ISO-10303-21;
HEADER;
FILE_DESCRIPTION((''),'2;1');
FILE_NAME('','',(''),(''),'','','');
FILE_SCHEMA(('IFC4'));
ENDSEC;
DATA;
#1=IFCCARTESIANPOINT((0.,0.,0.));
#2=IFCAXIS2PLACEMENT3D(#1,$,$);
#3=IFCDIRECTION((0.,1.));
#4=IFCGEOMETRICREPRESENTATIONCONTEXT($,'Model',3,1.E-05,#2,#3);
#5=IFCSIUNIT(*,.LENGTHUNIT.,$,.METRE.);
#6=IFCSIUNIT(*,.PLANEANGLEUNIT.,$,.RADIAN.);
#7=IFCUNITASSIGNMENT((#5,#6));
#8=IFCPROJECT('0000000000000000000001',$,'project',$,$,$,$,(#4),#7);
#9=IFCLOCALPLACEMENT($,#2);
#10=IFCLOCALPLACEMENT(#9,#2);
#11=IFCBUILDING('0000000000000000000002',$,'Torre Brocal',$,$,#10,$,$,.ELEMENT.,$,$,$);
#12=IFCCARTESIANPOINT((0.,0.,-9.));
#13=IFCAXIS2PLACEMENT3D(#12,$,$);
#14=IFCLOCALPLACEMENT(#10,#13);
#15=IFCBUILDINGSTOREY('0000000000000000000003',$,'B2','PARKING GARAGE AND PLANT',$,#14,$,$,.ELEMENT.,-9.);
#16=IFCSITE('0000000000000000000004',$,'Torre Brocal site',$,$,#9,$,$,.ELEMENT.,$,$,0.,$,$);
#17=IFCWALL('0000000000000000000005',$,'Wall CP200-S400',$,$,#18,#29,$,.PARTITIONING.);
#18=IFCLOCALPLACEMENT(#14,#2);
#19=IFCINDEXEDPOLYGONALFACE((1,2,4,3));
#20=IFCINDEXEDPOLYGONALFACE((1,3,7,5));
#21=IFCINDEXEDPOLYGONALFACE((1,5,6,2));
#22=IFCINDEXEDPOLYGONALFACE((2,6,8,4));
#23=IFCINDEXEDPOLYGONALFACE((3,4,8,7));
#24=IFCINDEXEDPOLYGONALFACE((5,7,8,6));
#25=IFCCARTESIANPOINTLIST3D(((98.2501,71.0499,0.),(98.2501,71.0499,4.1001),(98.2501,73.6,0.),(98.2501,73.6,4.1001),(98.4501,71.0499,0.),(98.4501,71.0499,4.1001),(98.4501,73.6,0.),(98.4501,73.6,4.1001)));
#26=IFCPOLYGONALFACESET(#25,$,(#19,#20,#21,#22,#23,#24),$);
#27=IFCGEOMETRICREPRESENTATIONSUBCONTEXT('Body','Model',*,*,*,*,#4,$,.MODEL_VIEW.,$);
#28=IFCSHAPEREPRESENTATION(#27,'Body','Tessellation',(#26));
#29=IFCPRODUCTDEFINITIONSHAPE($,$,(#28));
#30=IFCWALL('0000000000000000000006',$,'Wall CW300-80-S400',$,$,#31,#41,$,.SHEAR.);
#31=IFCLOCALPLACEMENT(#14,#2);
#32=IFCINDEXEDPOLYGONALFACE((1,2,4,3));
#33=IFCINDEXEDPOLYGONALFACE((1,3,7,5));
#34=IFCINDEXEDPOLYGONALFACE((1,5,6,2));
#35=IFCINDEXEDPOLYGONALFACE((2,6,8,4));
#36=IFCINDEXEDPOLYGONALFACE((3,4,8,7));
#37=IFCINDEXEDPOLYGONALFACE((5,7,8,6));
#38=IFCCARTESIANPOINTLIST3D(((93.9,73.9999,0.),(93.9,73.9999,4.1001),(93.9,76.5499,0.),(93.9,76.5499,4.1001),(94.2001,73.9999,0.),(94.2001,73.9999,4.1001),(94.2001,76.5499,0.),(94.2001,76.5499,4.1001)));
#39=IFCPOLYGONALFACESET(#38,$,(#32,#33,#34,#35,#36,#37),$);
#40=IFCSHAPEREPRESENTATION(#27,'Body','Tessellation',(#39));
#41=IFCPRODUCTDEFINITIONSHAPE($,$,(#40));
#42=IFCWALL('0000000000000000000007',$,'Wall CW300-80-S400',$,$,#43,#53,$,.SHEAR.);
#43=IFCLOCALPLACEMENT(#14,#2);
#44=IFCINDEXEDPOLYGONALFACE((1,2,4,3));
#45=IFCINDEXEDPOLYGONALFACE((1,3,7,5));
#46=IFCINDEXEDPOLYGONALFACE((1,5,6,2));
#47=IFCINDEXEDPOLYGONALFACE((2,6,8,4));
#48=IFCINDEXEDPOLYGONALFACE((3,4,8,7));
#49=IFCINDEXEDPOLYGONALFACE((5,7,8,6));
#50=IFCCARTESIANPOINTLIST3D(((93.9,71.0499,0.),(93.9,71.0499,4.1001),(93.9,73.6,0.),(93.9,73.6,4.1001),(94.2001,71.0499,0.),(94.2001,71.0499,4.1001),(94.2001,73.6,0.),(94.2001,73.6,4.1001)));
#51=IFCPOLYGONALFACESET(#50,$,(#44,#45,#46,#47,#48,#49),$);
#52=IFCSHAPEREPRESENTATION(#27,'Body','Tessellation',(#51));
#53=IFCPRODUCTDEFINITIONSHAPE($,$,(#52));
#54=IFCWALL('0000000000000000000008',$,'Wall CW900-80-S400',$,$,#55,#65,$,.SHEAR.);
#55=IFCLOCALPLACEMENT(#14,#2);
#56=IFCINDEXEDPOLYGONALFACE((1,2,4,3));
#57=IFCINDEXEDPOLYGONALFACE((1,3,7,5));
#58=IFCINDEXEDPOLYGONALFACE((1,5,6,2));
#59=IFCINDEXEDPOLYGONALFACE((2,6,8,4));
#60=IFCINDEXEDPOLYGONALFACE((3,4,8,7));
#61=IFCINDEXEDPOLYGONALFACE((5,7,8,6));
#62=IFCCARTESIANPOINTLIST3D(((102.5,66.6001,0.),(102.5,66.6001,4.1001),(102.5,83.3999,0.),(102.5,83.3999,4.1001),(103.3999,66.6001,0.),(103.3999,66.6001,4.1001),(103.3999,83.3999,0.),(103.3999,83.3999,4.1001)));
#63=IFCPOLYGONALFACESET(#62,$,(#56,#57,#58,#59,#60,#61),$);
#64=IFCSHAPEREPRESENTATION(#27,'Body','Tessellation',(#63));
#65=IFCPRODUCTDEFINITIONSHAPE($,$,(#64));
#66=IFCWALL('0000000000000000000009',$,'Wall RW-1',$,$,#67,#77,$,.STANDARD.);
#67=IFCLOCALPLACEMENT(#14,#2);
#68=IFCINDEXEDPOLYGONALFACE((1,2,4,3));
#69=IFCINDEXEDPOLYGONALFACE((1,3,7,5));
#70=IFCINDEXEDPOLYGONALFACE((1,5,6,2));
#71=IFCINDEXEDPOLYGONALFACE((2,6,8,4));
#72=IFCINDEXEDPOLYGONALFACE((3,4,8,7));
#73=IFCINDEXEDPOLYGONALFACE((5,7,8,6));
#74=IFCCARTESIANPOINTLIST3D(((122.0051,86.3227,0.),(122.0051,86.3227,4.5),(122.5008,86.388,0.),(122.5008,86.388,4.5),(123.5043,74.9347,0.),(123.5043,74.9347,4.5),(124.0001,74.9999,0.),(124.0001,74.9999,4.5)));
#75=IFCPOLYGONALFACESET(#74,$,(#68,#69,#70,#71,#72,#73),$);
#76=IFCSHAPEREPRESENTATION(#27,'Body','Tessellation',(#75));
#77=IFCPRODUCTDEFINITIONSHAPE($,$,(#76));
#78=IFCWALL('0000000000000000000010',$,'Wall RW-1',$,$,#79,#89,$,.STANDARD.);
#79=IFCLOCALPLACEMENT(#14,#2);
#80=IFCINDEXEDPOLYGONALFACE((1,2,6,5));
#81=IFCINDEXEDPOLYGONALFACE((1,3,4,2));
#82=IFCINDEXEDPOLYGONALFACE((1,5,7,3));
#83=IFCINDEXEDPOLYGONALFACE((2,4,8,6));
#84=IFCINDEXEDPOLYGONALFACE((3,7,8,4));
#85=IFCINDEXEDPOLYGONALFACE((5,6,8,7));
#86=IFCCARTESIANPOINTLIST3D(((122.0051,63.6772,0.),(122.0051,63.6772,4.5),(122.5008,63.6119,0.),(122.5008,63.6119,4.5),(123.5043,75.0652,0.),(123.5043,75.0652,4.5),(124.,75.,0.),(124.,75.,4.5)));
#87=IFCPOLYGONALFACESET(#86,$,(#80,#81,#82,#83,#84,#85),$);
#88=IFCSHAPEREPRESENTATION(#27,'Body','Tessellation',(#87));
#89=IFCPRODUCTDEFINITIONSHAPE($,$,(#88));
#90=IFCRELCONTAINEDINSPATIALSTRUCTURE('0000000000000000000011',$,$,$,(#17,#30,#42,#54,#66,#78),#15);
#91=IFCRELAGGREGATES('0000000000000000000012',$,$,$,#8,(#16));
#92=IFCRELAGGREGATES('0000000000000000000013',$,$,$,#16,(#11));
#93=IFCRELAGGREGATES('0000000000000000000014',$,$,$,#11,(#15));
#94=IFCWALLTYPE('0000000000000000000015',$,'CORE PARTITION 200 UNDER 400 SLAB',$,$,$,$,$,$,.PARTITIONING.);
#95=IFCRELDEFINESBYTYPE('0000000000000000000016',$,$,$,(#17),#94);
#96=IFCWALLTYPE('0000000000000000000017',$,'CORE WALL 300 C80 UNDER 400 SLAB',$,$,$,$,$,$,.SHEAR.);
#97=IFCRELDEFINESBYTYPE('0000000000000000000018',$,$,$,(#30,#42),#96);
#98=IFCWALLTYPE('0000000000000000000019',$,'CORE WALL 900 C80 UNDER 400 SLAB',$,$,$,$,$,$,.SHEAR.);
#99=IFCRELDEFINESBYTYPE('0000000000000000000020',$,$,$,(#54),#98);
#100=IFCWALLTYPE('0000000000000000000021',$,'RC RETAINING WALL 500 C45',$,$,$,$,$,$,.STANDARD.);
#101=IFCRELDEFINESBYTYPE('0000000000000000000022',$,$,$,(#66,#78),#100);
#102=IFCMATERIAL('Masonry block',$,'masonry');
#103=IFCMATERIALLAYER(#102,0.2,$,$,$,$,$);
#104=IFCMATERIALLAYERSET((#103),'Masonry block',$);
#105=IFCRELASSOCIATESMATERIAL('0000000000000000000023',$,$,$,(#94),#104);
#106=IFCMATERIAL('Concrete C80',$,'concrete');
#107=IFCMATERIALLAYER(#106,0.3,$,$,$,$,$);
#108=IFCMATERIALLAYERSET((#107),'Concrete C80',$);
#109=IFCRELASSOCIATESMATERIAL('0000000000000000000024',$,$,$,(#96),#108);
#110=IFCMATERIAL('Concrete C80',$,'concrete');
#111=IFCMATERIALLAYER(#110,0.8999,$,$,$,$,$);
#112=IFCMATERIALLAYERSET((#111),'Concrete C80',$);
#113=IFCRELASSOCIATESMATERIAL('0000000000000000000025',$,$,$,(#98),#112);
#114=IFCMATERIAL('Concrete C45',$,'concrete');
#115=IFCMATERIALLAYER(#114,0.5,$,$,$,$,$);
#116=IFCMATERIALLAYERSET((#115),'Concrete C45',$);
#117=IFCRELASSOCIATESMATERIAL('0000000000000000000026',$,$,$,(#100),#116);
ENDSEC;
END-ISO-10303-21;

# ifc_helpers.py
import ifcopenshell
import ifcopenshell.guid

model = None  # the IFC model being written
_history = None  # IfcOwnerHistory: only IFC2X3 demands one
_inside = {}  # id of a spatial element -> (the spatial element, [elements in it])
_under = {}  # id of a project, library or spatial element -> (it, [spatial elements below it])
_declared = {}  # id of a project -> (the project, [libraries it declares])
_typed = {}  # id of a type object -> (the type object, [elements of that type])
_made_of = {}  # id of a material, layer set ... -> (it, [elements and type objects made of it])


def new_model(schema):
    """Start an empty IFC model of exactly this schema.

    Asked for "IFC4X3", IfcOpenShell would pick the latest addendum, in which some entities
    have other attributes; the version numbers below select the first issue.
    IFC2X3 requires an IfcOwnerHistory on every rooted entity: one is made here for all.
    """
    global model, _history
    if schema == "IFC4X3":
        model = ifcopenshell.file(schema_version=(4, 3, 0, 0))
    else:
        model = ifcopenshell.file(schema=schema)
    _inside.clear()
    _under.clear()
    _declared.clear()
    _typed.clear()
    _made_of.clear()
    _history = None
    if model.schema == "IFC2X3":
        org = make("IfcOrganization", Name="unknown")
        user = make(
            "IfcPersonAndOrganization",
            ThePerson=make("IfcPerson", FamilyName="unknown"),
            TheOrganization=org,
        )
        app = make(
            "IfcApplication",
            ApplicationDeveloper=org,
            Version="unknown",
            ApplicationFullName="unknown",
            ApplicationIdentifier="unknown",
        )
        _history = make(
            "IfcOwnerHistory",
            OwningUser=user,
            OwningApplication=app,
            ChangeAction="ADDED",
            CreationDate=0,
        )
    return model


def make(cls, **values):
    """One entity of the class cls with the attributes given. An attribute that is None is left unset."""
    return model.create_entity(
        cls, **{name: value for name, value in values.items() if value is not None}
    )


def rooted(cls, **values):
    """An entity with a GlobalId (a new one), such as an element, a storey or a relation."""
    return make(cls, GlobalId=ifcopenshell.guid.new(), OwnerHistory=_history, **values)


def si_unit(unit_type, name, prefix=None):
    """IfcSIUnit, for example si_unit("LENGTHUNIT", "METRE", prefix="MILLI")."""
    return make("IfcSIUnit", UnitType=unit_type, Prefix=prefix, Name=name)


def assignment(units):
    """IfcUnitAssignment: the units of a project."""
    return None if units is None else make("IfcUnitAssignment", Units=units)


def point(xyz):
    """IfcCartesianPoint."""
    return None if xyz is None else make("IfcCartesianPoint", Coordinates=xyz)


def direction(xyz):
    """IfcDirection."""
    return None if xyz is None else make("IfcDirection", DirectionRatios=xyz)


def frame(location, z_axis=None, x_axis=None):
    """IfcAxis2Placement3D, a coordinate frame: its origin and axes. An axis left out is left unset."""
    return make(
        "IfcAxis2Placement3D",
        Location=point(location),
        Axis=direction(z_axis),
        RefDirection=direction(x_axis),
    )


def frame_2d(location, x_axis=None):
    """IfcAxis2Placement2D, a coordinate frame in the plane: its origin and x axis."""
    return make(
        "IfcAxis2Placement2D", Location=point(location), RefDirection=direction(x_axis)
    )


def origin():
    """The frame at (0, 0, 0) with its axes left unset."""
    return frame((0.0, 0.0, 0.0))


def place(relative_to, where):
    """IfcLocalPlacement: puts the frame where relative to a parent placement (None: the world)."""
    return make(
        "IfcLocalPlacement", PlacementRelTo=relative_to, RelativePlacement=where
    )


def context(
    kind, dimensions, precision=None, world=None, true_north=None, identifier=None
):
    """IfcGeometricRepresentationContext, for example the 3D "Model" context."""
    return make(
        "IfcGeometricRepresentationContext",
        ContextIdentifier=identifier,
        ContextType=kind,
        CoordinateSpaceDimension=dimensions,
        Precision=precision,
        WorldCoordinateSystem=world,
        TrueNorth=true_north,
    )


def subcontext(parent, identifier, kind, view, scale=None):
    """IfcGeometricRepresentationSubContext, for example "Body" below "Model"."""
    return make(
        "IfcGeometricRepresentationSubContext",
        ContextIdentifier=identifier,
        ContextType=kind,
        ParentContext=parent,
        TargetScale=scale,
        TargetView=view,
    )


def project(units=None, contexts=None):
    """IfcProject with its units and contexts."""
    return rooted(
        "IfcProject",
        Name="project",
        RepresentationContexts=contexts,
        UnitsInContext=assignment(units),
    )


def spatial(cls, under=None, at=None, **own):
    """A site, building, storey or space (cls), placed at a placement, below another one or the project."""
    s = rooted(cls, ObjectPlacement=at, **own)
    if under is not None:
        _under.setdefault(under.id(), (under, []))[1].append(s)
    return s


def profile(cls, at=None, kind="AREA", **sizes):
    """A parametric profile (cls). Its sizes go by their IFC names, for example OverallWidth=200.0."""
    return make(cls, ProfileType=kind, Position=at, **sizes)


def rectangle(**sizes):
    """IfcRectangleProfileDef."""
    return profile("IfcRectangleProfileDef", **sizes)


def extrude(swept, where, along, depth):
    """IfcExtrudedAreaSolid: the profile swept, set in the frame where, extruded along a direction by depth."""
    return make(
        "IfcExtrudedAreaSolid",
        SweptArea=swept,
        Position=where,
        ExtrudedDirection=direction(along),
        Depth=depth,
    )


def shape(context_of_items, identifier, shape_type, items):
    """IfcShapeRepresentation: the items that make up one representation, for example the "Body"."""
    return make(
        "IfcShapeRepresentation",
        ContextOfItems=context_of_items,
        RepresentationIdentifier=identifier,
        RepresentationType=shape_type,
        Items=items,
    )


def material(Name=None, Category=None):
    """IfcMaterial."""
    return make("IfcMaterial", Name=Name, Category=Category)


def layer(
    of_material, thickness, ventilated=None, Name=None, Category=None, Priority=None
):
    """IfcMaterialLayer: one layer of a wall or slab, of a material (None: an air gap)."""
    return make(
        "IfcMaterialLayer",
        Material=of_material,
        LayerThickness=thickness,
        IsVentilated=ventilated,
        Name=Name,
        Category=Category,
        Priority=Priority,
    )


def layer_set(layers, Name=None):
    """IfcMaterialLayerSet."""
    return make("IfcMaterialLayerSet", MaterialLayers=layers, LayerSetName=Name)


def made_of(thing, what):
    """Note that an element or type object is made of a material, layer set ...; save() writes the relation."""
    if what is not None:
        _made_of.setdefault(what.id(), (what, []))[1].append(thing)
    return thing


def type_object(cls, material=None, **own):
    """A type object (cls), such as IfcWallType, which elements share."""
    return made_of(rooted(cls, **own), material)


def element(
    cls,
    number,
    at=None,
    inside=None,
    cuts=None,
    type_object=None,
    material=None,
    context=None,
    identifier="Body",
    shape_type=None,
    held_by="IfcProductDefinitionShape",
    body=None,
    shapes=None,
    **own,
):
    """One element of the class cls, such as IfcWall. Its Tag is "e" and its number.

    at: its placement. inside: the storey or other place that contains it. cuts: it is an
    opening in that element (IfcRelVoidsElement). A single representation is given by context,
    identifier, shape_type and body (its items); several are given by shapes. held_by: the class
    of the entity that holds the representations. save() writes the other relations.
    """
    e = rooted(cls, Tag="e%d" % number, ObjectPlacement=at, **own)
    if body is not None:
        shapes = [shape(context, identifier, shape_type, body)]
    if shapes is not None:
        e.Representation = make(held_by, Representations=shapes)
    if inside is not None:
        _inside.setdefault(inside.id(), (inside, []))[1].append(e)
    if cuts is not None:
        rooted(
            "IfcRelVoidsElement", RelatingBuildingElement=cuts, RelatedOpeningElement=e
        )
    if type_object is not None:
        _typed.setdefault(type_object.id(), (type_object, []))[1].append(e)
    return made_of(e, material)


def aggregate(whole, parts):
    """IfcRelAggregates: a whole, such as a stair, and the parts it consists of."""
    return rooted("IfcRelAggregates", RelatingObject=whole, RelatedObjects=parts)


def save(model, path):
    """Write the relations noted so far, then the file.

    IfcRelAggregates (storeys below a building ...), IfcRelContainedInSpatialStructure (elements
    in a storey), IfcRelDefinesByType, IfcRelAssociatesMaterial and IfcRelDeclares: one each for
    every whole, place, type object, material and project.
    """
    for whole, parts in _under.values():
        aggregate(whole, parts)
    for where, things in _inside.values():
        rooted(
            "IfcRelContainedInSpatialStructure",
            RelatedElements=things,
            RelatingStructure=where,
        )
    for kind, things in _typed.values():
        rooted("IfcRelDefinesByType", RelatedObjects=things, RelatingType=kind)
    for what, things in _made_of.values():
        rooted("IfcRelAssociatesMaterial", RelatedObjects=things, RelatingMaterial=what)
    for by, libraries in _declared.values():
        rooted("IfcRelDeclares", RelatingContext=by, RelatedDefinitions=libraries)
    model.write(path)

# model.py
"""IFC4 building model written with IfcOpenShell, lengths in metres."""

from ifc_helpers import new_model, si_unit, direction, frame, frame_2d, origin, place, context, subcontext, project, spatial, rectangle, extrude, material, layer, layer_set, type_object, element, save


model = new_model("IFC4")

# Units and contexts
model_context = context("Model", 3, precision=1e-05, world=origin(), true_north=direction((0.0, 1.0)))
body_context = subcontext(model_context, "Body", "Model", "MODEL_VIEW")
ifc_project = project(units=[si_unit("LENGTHUNIT", "METRE"), si_unit("PLANEANGLEUNIT", "RADIAN")], contexts=[model_context])

# Site, building, storey
site_placement = place(None, origin())
site = spatial("IfcSite", under=ifc_project, at=site_placement, Name="Torre Brocal site", CompositionType="ELEMENT", RefElevation=0.0)
building_placement = place(site_placement, origin())
building = spatial("IfcBuilding", under=site, at=building_placement, Name="Torre Brocal", CompositionType="ELEMENT")
storey_placement = place(building_placement, frame((0.0, 0.0, -9.0)))
storey = spatial("IfcBuildingStorey", under=building, at=storey_placement, Name="B2", Description="PARKING GARAGE AND PLANT", CompositionType="ELEMENT", Elevation=-9.0)

# Walls
ifc_material_1 = material(Name="Masonry block", Category="masonry")
ifc_layer_1 = layer(ifc_material_1, 0.2)
ifc_layer_set_1 = layer_set([ifc_layer_1], Name="Masonry block")
wall_type_1 = type_object("IfcWallType", Name="CORE PARTITION 200 UNDER 400 SLAB", PredefinedType="PARTITIONING", material=ifc_layer_set_1)
for number, where, z_axis, x_axis, name in (
    (1, (98.3501, 71.05, 0.0), (0.0, 0.0, 1.0), (0.0, 1.0, 0.0), "Wall CP200-S400"),
):
    element("IfcWall", number, at=place(storey_placement, frame(where, z_axis=z_axis, x_axis=x_axis)), inside=storey, type_object=wall_type_1, Name=name, PredefinedType="PARTITIONING", context=body_context, shape_type="SweptSolid", body=[
        extrude(rectangle(XDim=2.55, YDim=0.2, at=frame_2d((1.2749, 0.0))), origin(), (0.0, 0.0, 1.0), 4.1001),
    ])
ifc_material_2 = material(Name="Concrete C80", Category="concrete")
ifc_layer_2 = layer(ifc_material_2, 0.3)
ifc_layer_set_2 = layer_set([ifc_layer_2], Name="Concrete C80")
wall_type_2 = type_object("IfcWallType", Name="CORE WALL 300 C80 UNDER 400 SLAB", PredefinedType="SHEAR", material=ifc_layer_set_2)
for number, where, z_axis, x_axis, name in (
    (2, (94.05, 74.0, 0.0), (0.0, 0.0, 1.0), (0.0, 1.0, 0.0), "Wall CW300-80-S400"),
    (3, (94.05, 71.05, 0.0), (0.0, 0.0, 1.0), (0.0, 1.0, 0.0), "Wall CW300-80-S400"),
):
    element("IfcWall", number, at=place(storey_placement, frame(where, z_axis=z_axis, x_axis=x_axis)), inside=storey, type_object=wall_type_2, Name=name, PredefinedType="SHEAR", context=body_context, shape_type="SweptSolid", body=[
        extrude(rectangle(XDim=2.55, YDim=0.3, at=frame_2d((1.2749, 0.0))), origin(), (0.0, 0.0, 1.0), 4.1001),
    ])
ifc_material_3 = material(Name="Concrete C80", Category="concrete")
ifc_layer_3 = layer(ifc_material_3, 0.8999)
ifc_layer_set_3 = layer_set([ifc_layer_3], Name="Concrete C80")
wall_type_3 = type_object("IfcWallType", Name="CORE WALL 900 C80 UNDER 400 SLAB", PredefinedType="SHEAR", material=ifc_layer_set_3)
wall_placement = place(storey_placement, frame((102.95, 66.6001, 0.0), z_axis=(0.0, 0.0, 1.0), x_axis=(0.0, 1.0, 0.0)))
element("IfcWall", 4, at=wall_placement, inside=storey, type_object=wall_type_3, Name="Wall CW900-80-S400", PredefinedType="SHEAR", context=body_context, shape_type="SweptSolid", body=[
    extrude(rectangle(XDim=16.7998, YDim=0.8999, at=frame_2d((8.3999, 0.0))), origin(), (0.0, 0.0, 1.0), 4.1001),
])
ifc_material_4 = material(Name="Concrete C45", Category="concrete")
ifc_layer_4 = layer(ifc_material_4, 0.5)
ifc_layer_set_4 = layer_set([ifc_layer_4], Name="Concrete C45")
wall_type_4 = type_object("IfcWallType", Name="RC RETAINING WALL 500 C45", PredefinedType="STANDARD", material=ifc_layer_set_4)
for number, where, z_axis, x_axis, name in (
    (5, (123.7522, 74.9673, 0.0), (0.0, 0.0, 1.0), (-0.130525, 0.991445, 0.0), "Wall RW-1"),
    (6, (122.2529, 63.6445, 0.0), (0.0, 0.0, 1.0), (0.130525, 0.991445, 0.0), "Wall RW-1"),
):
    element("IfcWall", number, at=place(storey_placement, frame(where, z_axis=z_axis, x_axis=x_axis)), inside=storey, type_object=wall_type_4, Name=name, PredefinedType="STANDARD", context=body_context, shape_type="SweptSolid", body=[
        extrude(rectangle(XDim=11.4863, YDim=0.5, at=frame_2d((5.7432, 0.0))), origin(), (0.0, 0.0, 1.0), 4.5),
    ])

save(model, "model.ifc")
